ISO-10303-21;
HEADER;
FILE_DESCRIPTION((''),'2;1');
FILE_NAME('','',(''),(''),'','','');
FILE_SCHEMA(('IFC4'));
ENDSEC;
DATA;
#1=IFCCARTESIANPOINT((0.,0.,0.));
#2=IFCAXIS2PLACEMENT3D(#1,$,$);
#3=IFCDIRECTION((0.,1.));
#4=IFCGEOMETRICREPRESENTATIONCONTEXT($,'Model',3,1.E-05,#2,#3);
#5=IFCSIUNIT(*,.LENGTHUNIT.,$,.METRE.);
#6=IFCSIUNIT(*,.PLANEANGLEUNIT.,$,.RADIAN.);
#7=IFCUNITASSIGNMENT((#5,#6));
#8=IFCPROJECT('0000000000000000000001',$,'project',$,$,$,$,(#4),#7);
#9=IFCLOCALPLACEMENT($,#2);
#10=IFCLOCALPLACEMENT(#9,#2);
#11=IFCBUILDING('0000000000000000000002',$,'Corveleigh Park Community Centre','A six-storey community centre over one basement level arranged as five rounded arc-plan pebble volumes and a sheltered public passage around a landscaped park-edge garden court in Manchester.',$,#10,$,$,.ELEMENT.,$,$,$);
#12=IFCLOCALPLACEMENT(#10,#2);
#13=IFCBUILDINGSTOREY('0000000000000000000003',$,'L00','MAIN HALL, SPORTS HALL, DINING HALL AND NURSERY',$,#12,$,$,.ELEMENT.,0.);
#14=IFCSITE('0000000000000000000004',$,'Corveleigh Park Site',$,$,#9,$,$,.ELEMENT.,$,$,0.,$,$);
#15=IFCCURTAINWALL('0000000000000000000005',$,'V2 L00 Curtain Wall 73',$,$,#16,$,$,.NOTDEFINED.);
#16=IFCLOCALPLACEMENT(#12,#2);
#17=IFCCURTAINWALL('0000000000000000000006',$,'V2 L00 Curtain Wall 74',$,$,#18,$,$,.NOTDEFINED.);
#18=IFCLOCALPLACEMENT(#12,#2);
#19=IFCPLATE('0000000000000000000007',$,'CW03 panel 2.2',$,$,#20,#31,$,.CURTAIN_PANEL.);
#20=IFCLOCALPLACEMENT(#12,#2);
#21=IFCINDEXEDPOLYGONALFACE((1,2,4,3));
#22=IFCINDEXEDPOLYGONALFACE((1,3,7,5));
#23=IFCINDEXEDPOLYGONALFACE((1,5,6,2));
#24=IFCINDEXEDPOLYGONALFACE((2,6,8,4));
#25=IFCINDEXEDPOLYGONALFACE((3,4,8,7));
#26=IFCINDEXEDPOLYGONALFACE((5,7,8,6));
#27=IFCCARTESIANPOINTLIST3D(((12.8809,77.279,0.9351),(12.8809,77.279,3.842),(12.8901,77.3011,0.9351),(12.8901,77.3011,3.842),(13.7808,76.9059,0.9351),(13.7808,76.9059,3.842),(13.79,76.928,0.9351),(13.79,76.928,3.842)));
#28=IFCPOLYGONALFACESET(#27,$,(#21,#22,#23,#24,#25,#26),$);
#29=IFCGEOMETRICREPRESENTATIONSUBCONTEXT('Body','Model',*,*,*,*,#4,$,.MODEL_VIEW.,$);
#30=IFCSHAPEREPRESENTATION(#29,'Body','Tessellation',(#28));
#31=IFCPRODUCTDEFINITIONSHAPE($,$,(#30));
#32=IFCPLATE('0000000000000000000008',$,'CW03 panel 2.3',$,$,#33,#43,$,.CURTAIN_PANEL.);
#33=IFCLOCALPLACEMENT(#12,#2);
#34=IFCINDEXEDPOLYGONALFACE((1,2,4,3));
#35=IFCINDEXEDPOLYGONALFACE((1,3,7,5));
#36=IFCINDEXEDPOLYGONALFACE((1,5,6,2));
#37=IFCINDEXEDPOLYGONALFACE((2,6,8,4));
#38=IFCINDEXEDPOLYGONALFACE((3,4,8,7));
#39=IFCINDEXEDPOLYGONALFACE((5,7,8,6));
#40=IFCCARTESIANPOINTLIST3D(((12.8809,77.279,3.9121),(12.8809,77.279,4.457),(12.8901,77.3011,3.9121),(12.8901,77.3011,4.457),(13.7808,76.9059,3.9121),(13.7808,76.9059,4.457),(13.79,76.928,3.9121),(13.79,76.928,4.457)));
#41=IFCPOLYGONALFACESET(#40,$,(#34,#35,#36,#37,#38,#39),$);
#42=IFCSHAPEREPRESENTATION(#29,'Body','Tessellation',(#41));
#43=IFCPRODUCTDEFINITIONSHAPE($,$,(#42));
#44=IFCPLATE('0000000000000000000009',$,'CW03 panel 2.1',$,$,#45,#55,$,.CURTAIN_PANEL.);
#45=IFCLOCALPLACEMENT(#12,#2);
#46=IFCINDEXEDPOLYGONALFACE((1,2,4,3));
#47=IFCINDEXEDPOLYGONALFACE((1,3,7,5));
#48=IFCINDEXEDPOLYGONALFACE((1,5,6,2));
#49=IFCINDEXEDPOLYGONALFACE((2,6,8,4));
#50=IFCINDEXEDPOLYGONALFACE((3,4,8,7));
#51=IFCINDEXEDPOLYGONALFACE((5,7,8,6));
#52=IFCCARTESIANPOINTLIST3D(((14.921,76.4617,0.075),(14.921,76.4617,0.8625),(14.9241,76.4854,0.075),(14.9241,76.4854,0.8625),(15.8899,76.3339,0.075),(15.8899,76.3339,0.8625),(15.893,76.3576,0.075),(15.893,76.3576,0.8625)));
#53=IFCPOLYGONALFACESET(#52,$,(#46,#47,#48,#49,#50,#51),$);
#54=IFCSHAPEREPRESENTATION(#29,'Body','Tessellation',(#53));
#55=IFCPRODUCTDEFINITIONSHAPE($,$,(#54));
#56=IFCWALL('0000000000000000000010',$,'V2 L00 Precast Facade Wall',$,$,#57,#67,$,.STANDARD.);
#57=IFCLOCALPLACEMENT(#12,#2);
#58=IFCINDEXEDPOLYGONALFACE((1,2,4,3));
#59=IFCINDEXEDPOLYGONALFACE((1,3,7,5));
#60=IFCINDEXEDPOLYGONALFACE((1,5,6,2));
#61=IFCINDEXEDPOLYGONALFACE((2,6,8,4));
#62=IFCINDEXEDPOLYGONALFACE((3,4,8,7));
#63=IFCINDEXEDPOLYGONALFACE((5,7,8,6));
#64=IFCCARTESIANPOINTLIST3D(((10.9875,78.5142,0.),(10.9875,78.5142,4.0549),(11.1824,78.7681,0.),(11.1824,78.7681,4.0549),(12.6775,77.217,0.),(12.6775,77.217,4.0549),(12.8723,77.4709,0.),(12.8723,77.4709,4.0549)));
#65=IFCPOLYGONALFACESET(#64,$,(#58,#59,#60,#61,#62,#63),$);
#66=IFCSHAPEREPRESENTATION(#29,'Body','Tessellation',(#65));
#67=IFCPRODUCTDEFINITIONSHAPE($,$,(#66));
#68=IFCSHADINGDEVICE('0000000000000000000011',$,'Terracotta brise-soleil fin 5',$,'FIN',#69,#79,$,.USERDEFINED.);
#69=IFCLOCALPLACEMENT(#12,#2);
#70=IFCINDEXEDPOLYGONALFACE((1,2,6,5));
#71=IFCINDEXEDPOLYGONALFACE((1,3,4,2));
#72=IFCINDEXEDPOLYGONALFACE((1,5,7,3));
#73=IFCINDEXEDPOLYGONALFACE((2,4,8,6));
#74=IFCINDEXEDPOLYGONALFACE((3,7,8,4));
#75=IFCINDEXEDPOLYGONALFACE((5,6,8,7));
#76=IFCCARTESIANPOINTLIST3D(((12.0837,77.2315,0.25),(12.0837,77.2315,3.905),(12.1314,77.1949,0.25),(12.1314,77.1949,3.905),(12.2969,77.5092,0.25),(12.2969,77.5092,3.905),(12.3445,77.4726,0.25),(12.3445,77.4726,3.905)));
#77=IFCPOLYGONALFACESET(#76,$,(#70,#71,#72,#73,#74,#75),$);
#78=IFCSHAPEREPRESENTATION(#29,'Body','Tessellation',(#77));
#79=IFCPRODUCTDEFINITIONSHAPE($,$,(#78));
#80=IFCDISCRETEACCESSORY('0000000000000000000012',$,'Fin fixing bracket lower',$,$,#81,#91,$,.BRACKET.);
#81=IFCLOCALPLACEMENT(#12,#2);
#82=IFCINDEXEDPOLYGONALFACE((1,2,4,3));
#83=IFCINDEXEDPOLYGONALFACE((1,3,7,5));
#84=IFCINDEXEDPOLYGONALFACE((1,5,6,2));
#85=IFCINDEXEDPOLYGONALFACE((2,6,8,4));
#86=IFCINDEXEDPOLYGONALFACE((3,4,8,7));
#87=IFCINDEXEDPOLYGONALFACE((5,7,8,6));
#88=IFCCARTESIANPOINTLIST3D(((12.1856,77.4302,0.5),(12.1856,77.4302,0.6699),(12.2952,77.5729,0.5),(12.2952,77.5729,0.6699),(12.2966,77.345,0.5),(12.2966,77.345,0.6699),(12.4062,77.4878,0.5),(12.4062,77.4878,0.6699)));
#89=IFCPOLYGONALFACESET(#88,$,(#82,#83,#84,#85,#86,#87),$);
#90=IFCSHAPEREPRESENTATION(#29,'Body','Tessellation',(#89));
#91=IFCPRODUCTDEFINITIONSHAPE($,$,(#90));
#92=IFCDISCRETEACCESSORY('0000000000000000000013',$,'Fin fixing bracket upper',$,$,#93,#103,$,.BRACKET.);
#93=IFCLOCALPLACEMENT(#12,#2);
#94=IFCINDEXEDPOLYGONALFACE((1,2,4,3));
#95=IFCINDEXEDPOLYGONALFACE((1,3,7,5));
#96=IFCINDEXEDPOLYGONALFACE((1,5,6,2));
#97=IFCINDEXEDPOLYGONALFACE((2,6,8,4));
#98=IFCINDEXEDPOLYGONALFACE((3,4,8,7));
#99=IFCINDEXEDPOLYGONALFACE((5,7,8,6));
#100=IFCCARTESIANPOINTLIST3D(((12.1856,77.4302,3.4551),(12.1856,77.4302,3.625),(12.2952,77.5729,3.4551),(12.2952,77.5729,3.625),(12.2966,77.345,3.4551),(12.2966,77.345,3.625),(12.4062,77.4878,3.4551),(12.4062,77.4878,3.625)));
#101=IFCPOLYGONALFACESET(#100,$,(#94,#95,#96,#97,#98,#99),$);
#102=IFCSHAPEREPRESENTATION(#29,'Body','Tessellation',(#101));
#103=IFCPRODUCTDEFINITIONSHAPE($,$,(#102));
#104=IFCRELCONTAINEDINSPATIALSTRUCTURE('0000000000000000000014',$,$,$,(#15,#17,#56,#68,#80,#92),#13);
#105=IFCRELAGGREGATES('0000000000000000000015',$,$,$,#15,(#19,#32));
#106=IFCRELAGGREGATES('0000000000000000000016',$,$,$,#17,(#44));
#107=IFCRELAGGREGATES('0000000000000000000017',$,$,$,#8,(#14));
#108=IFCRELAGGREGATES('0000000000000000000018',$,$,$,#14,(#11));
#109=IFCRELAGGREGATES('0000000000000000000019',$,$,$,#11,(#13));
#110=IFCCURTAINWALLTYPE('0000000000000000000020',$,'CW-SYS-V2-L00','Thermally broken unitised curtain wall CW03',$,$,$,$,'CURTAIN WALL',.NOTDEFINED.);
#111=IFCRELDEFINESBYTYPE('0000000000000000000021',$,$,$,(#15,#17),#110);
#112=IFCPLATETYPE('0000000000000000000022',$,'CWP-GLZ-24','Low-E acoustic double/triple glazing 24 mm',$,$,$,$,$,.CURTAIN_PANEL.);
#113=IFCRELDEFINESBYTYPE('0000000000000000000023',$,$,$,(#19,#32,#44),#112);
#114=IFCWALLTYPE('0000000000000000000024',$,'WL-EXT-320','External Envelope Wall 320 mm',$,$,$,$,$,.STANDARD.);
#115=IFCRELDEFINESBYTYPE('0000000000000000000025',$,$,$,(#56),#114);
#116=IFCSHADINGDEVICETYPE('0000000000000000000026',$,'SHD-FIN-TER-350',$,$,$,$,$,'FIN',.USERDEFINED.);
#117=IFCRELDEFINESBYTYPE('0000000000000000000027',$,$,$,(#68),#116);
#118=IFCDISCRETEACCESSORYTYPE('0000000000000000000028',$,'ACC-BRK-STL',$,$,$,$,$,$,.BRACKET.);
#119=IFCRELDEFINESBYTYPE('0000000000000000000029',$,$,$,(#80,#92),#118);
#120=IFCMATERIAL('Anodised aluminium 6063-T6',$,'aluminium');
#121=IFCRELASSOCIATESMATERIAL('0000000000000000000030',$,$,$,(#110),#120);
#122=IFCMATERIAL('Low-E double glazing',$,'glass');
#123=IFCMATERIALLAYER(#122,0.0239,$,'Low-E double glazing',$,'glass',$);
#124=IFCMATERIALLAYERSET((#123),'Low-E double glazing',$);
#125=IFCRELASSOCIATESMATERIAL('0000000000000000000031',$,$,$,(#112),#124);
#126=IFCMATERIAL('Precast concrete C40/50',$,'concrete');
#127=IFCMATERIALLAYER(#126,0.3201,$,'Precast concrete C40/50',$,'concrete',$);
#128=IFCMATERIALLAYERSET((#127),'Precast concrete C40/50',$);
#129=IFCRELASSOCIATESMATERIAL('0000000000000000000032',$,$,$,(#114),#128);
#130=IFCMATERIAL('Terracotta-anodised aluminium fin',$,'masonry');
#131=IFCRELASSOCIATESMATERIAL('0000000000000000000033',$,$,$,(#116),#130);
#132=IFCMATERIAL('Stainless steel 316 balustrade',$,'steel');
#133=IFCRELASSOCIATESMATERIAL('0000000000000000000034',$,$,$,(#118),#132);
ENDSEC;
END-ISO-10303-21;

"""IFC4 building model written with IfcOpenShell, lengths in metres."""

from ifc_helpers import new_model, si_unit, direction, frame, frame_2d, origin, origin_2d, place, context, subcontext, project, spatial, rectangle, extrude, material, layer, layer_set, type_object, element, aggregate, save


model = new_model("IFC4")

# Units and contexts
model_context = context("Model", 3, precision=1e-05, world=origin(), true_north=direction((0.0, 1.0)))
body_context = subcontext(model_context, "Body", "Model", "MODEL_VIEW")
ifc_project = project(units=[si_unit("LENGTHUNIT", "METRE"), si_unit("PLANEANGLEUNIT", "RADIAN")], contexts=[model_context])

# Site, building, storey
site_placement = place(None, origin())
site = spatial("IfcSite", under=ifc_project, at=site_placement, Name="Corveleigh Park Site", CompositionType="ELEMENT", RefElevation=0.0)
building_placement = place(site_placement, origin())
building = spatial("IfcBuilding", under=site, at=building_placement, Name="Corveleigh Park Community Centre", Description="A six-storey community centre over one basement level arranged as five rounded arc-plan pebble volumes and a sheltered public passage around a landscaped park-edge garden court in Manchester.", CompositionType="ELEMENT")
storey_placement = place(building_placement, origin())
storey = spatial("IfcBuildingStorey", under=building, at=storey_placement, Name="L00", Description="MAIN HALL, SPORTS HALL, DINING HALL AND NURSERY", CompositionType="ELEMENT", Elevation=0.0)

# Curtain wall
ifc_material_1 = material(Name="Anodised aluminium 6063-T6", Category="aluminium")
curtain_wall_type = type_object("IfcCurtainWallType", Name="CW-SYS-V2-L00", Description="Thermally broken unitised curtain wall CW03", ElementType="CURTAIN WALL", PredefinedType="NOTDEFINED", material=ifc_material_1)
curtain_wall_1_placement = place(storey_placement, origin())
curtain_wall_1 = element("IfcCurtainWall", 1, at=curtain_wall_1_placement, inside=storey, type_object=curtain_wall_type, Name="V2 L00 Curtain Wall 73", PredefinedType="NOTDEFINED")

# Curtain wall
curtain_wall_2_placement = place(storey_placement, origin())
curtain_wall_2 = element("IfcCurtainWall", 2, at=curtain_wall_2_placement, inside=storey, type_object=curtain_wall_type, Name="V2 L00 Curtain Wall 74", PredefinedType="NOTDEFINED")

# Plates
ifc_material_2 = material(Name="Low-E double glazing", Category="glass")
ifc_layer_1 = layer(ifc_material_2, 0.0239, Name="Low-E double glazing", Category="glass")
ifc_layer_set_1 = layer_set([ifc_layer_1], Name="Low-E double glazing")
plate_type = type_object("IfcPlateType", Name="CWP-GLZ-24", Description="Low-E acoustic double/triple glazing 24 mm", PredefinedType="CURTAIN_PANEL", material=ifc_layer_set_1)
plate_1_placement = place(storey_placement, frame((13.3354, 77.1035, 0.9351), z_axis=(0.0, 0.0, 1.0), x_axis=(-0.92377, 0.382947, 0.0)))
plate_1 = element("IfcPlate", 3, at=plate_1_placement, type_object=plate_type, Name="CW03 panel 2.2", PredefinedType="CURTAIN_PANEL", context=body_context, shape_type="SweptSolid", body=[
    extrude(rectangle(XDim=0.9741, YDim=0.0239, at=origin_2d()), origin(), (0.0, 0.0, 1.0), 2.907),
])
plate_2_placement = place(storey_placement, frame((13.3354, 77.1035, 3.9121), z_axis=(0.0, 0.0, 1.0), x_axis=(-0.92377, 0.382947, 0.0)))
plate_2 = element("IfcPlate", 4, at=plate_2_placement, type_object=plate_type, Name="CW03 panel 2.3", PredefinedType="CURTAIN_PANEL", context=body_context, shape_type="SweptSolid", body=[
    extrude(rectangle(XDim=0.9741, YDim=0.0239, at=origin_2d()), origin(), (0.0, 0.0, 1.0), 0.5449),
])
aggregate(curtain_wall_1, [plate_1, plate_2])
plate_3_placement = place(storey_placement, frame((15.407, 76.4097, 0.075), z_axis=(0.0, 0.0, 1.0), x_axis=(-0.991418, 0.130731, 0.0)))
plate_3 = element("IfcPlate", 5, at=plate_3_placement, type_object=plate_type, Name="CW03 panel 2.1", PredefinedType="CURTAIN_PANEL", context=body_context, shape_type="SweptSolid", body=[
    extrude(rectangle(XDim=0.9773, YDim=0.0239, at=origin_2d()), origin(), (0.0, 0.0, 1.0), 0.7876),
])
aggregate(curtain_wall_2, [plate_3])

# Wall
ifc_material_3 = material(Name="Precast concrete C40/50", Category="concrete")
ifc_layer_2 = layer(ifc_material_3, 0.3201, Name="Precast concrete C40/50", Category="concrete")
ifc_layer_set_2 = layer_set([ifc_layer_2], Name="Precast concrete C40/50")
wall_type = type_object("IfcWallType", Name="WL-EXT-320", Description="External Envelope Wall 320 mm", PredefinedType="STANDARD", material=ifc_layer_set_2)
wall_placement = place(storey_placement, frame((12.7749, 77.344, 0.0), z_axis=(0.0, 0.0, 1.0), x_axis=(-0.793267, 0.608874, 0.0)))
element("IfcWall", 6, at=wall_placement, inside=storey, type_object=wall_type, Name="V2 L00 Precast Facade Wall", PredefinedType="STANDARD", context=body_context, shape_type="SweptSolid", body=[
    extrude(rectangle(XDim=2.1304, YDim=0.3201, at=frame_2d((1.0652, 0.0))), origin(), (0.0, 0.0, 1.0), 4.0549),
])

# Shading device
ifc_material_4 = material(Name="Terracotta-anodised aluminium fin", Category="masonry")
shading_device_type = type_object("IfcShadingDeviceType", Name="SHD-FIN-TER-350", ElementType="FIN", PredefinedType="USERDEFINED", material=ifc_material_4)
shading_device_placement = place(storey_placement, frame((12.2141, 77.3521, 0.25), z_axis=(0.0, 0.0, 1.0), x_axis=(-0.608826, -0.793304, 0.0)))
element("IfcShadingDevice", 7, at=shading_device_placement, inside=storey, type_object=shading_device_type, Name="Terracotta brise-soleil fin 5", ObjectType="FIN", PredefinedType="USERDEFINED", context=body_context, shape_type="SweptSolid", body=[
    extrude(rectangle(XDim=0.3501, YDim=0.0601, at=origin_2d()), origin(), (0.0, 0.0, 1.0), 3.655),
])

# Discrete accessories
ifc_material_5 = material(Name="Stainless steel 316 balustrade", Category="steel")
discrete_accessory_type = type_object("IfcDiscreteAccessoryType", Name="ACC-BRK-STL", PredefinedType="BRACKET", material=ifc_material_5)
for number, where, z_axis, x_axis, name in (
    (8, (12.2959, 77.459, 0.5), (0.0, 0.0, 1.0), (-0.608826, -0.793304, 0.0), "Fin fixing bracket lower"),
    (9, (12.2959, 77.459, 3.4551), (0.0, 0.0, 1.0), (-0.608826, -0.793304, 0.0), "Fin fixing bracket upper"),
):
    element("IfcDiscreteAccessory", number, at=place(storey_placement, frame(where, z_axis=z_axis, x_axis=x_axis)), inside=storey, type_object=discrete_accessory_type, Name=name, PredefinedType="BRACKET", context=body_context, shape_type="SweptSolid", body=[
        extrude(rectangle(XDim=0.1799, YDim=0.1399, at=origin_2d()), origin(), (0.0, 0.0, 1.0), 0.1699),
    ])

save(model, "model.ifc")
